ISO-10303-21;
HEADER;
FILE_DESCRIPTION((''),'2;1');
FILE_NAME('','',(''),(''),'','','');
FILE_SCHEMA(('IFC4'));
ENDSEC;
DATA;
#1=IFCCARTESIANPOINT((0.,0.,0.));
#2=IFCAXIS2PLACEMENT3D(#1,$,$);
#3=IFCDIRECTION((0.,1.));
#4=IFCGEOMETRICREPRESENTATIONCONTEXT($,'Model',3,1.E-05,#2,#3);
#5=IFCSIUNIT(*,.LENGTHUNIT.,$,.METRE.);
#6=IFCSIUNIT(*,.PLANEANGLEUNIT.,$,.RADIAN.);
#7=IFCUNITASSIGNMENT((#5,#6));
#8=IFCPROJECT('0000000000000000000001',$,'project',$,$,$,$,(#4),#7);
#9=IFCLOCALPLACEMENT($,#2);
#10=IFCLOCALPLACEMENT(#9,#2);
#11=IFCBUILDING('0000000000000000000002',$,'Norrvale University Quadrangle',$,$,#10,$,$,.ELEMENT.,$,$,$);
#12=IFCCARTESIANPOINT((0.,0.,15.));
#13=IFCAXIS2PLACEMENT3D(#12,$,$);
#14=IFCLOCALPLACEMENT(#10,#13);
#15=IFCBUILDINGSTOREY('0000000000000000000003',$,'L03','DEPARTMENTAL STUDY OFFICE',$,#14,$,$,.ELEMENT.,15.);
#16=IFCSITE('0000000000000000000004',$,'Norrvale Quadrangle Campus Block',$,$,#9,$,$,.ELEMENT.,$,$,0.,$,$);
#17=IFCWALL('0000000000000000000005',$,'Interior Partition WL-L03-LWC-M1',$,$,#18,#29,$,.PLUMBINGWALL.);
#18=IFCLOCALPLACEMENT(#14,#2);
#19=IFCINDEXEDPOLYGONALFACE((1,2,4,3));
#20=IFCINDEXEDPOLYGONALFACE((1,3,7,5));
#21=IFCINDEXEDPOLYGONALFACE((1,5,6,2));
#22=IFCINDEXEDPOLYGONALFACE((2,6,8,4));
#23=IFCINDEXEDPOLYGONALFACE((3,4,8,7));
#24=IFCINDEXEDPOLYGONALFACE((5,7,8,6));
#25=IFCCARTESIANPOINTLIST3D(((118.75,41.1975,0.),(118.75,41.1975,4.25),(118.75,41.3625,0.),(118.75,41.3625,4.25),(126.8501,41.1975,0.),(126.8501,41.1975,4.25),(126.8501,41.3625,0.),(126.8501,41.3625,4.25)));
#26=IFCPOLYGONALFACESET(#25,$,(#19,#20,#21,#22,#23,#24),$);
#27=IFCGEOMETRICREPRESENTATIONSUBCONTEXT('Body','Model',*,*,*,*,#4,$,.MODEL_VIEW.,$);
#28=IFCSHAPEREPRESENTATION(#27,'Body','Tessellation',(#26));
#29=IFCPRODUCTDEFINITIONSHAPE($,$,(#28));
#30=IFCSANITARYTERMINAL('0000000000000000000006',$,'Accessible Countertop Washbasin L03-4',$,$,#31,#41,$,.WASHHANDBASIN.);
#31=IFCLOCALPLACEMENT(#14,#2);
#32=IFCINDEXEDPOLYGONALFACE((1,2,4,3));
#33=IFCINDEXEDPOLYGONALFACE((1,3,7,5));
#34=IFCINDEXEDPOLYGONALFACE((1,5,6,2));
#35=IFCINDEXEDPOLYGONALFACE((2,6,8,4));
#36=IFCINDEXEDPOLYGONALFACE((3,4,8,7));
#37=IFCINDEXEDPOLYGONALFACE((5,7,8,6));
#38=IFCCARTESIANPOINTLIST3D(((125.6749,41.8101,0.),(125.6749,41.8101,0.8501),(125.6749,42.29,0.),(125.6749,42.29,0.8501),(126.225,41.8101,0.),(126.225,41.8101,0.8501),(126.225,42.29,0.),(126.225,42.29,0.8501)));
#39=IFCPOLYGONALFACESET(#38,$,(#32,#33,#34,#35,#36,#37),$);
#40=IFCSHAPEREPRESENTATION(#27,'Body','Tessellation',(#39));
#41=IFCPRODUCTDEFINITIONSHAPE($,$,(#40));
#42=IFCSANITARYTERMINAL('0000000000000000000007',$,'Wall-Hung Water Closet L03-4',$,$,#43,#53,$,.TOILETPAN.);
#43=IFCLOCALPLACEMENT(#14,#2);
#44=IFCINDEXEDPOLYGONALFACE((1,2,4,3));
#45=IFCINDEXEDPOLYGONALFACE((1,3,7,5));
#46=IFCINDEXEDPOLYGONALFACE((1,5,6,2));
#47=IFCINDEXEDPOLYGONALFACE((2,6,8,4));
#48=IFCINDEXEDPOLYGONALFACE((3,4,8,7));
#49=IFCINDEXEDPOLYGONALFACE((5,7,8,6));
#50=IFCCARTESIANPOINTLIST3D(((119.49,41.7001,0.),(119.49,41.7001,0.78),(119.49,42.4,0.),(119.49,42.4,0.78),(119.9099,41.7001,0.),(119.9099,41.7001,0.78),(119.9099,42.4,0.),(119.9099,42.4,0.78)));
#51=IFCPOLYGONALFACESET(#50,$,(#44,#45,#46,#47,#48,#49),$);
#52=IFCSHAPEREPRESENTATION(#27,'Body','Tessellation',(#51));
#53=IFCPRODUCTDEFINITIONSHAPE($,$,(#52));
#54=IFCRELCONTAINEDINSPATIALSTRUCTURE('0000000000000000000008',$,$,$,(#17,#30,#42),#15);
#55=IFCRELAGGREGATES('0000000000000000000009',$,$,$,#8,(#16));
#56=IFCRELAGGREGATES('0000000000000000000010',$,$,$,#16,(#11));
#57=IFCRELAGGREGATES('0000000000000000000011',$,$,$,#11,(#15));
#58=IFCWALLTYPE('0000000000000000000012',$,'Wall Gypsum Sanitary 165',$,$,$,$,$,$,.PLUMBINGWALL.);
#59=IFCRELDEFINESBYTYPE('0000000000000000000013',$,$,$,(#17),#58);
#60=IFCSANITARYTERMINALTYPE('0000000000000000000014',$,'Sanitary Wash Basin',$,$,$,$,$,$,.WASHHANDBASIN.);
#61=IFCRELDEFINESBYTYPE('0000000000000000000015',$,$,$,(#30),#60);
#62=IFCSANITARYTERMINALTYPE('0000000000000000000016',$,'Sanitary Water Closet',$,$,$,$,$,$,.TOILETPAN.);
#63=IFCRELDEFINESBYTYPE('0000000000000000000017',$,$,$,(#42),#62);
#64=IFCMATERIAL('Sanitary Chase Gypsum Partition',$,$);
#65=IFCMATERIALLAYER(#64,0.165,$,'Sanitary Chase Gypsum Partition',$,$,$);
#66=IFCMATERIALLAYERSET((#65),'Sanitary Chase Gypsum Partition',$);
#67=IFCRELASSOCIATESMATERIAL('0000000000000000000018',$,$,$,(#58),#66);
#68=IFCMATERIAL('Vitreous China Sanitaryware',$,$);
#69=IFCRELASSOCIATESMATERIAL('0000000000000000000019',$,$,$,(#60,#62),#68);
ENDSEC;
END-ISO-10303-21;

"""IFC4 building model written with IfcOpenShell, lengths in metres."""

from ifc_helpers import new_model, si_unit, direction, frame, frame_2d, origin, origin_2d, place, context, subcontext, project, spatial, rectangle, extrude, material, layer, layer_set, type_object, element, save


model = new_model("IFC4")

# Units and contexts
model_context = context("Model", 3, precision=1e-05, world=origin(), true_north=direction((0.0, 1.0)))
body_context = subcontext(model_context, "Body", "Model", "MODEL_VIEW")
ifc_project = project(units=[si_unit("LENGTHUNIT", "METRE"), si_unit("PLANEANGLEUNIT", "RADIAN")], contexts=[model_context])

# Site, building, storey
site_placement = place(None, origin())
site = spatial("IfcSite", under=ifc_project, at=site_placement, Name="Norrvale Quadrangle Campus Block", CompositionType="ELEMENT", RefElevation=0.0)
building_placement = place(site_placement, origin())
building = spatial("IfcBuilding", under=site, at=building_placement, Name="Norrvale University Quadrangle", CompositionType="ELEMENT")
storey_placement = place(building_placement, frame((0.0, 0.0, 15.0)))
storey = spatial("IfcBuildingStorey", under=building, at=storey_placement, Name="L03", Description="DEPARTMENTAL STUDY OFFICE", CompositionType="ELEMENT", Elevation=15.0)

# Wall
ifc_material_1 = material(Name="Sanitary Chase Gypsum Partition")
ifc_layer_1 = layer(ifc_material_1, 0.165, Name="Sanitary Chase Gypsum Partition")
ifc_layer_set_1 = layer_set([ifc_layer_1], Name="Sanitary Chase Gypsum Partition")
wall_type_1 = type_object("IfcWallType", Name="Wall Gypsum Sanitary 165", PredefinedType="PLUMBINGWALL", material=ifc_layer_set_1)
wall_1_placement = place(storey_placement, frame((118.75, 41.28, 0.0), z_axis=(0.0, 0.0, 1.0), x_axis=(1.0, 0.0, 0.0)))
element("IfcWall", 1, at=wall_1_placement, inside=storey, type_object=wall_type_1, Name="Interior Partition WL-L03-LWC-M1", PredefinedType="PLUMBINGWALL", context=body_context, shape_type="SweptSolid", body=[
    extrude(rectangle(XDim=8.1001, YDim=0.165, at=frame_2d((4.05, 0.0))), origin(), (0.0, 0.0, 1.0), 4.25),
])

# Sanitary terminals
ifc_material_2 = material(Name="Vitreous China Sanitaryware")
sanitary_terminal_type_1 = type_object("IfcSanitaryTerminalType", Name="Sanitary Wash Basin", PredefinedType="WASHHANDBASIN", material=ifc_material_2)
sanitary_terminal_1_placement = place(storey_placement, frame((125.95, 42.05, 0.0), z_axis=(0.0, 0.0, 1.0), x_axis=(1.0, 0.0, 0.0)))
element("IfcSanitaryTerminal", 2, at=sanitary_terminal_1_placement, inside=storey, type_object=sanitary_terminal_type_1, Name="Accessible Countertop Washbasin L03-4", PredefinedType="WASHHANDBASIN", context=body_context, shape_type="SweptSolid", body=[
    extrude(rectangle(XDim=0.55, YDim=0.48, at=origin_2d()), origin(), (0.0, 0.0, 1.0), 0.8501),
])
sanitary_terminal_type_2 = type_object("IfcSanitaryTerminalType", Name="Sanitary Water Closet", PredefinedType="TOILETPAN", material=ifc_material_2)
sanitary_terminal_2_placement = place(storey_placement, frame((119.7, 42.05, 0.0), z_axis=(0.0, 0.0, 1.0), x_axis=(1.0, 0.0, 0.0)))
element("IfcSanitaryTerminal", 3, at=sanitary_terminal_2_placement, inside=storey, type_object=sanitary_terminal_type_2, Name="Wall-Hung Water Closet L03-4", PredefinedType="TOILETPAN", context=body_context, shape_type="SweptSolid", body=[
    extrude(rectangle(XDim=0.4199, YDim=0.7, at=origin_2d()), origin(), (0.0, 0.0, 1.0), 0.78),
])

save(model, "model.ifc")
